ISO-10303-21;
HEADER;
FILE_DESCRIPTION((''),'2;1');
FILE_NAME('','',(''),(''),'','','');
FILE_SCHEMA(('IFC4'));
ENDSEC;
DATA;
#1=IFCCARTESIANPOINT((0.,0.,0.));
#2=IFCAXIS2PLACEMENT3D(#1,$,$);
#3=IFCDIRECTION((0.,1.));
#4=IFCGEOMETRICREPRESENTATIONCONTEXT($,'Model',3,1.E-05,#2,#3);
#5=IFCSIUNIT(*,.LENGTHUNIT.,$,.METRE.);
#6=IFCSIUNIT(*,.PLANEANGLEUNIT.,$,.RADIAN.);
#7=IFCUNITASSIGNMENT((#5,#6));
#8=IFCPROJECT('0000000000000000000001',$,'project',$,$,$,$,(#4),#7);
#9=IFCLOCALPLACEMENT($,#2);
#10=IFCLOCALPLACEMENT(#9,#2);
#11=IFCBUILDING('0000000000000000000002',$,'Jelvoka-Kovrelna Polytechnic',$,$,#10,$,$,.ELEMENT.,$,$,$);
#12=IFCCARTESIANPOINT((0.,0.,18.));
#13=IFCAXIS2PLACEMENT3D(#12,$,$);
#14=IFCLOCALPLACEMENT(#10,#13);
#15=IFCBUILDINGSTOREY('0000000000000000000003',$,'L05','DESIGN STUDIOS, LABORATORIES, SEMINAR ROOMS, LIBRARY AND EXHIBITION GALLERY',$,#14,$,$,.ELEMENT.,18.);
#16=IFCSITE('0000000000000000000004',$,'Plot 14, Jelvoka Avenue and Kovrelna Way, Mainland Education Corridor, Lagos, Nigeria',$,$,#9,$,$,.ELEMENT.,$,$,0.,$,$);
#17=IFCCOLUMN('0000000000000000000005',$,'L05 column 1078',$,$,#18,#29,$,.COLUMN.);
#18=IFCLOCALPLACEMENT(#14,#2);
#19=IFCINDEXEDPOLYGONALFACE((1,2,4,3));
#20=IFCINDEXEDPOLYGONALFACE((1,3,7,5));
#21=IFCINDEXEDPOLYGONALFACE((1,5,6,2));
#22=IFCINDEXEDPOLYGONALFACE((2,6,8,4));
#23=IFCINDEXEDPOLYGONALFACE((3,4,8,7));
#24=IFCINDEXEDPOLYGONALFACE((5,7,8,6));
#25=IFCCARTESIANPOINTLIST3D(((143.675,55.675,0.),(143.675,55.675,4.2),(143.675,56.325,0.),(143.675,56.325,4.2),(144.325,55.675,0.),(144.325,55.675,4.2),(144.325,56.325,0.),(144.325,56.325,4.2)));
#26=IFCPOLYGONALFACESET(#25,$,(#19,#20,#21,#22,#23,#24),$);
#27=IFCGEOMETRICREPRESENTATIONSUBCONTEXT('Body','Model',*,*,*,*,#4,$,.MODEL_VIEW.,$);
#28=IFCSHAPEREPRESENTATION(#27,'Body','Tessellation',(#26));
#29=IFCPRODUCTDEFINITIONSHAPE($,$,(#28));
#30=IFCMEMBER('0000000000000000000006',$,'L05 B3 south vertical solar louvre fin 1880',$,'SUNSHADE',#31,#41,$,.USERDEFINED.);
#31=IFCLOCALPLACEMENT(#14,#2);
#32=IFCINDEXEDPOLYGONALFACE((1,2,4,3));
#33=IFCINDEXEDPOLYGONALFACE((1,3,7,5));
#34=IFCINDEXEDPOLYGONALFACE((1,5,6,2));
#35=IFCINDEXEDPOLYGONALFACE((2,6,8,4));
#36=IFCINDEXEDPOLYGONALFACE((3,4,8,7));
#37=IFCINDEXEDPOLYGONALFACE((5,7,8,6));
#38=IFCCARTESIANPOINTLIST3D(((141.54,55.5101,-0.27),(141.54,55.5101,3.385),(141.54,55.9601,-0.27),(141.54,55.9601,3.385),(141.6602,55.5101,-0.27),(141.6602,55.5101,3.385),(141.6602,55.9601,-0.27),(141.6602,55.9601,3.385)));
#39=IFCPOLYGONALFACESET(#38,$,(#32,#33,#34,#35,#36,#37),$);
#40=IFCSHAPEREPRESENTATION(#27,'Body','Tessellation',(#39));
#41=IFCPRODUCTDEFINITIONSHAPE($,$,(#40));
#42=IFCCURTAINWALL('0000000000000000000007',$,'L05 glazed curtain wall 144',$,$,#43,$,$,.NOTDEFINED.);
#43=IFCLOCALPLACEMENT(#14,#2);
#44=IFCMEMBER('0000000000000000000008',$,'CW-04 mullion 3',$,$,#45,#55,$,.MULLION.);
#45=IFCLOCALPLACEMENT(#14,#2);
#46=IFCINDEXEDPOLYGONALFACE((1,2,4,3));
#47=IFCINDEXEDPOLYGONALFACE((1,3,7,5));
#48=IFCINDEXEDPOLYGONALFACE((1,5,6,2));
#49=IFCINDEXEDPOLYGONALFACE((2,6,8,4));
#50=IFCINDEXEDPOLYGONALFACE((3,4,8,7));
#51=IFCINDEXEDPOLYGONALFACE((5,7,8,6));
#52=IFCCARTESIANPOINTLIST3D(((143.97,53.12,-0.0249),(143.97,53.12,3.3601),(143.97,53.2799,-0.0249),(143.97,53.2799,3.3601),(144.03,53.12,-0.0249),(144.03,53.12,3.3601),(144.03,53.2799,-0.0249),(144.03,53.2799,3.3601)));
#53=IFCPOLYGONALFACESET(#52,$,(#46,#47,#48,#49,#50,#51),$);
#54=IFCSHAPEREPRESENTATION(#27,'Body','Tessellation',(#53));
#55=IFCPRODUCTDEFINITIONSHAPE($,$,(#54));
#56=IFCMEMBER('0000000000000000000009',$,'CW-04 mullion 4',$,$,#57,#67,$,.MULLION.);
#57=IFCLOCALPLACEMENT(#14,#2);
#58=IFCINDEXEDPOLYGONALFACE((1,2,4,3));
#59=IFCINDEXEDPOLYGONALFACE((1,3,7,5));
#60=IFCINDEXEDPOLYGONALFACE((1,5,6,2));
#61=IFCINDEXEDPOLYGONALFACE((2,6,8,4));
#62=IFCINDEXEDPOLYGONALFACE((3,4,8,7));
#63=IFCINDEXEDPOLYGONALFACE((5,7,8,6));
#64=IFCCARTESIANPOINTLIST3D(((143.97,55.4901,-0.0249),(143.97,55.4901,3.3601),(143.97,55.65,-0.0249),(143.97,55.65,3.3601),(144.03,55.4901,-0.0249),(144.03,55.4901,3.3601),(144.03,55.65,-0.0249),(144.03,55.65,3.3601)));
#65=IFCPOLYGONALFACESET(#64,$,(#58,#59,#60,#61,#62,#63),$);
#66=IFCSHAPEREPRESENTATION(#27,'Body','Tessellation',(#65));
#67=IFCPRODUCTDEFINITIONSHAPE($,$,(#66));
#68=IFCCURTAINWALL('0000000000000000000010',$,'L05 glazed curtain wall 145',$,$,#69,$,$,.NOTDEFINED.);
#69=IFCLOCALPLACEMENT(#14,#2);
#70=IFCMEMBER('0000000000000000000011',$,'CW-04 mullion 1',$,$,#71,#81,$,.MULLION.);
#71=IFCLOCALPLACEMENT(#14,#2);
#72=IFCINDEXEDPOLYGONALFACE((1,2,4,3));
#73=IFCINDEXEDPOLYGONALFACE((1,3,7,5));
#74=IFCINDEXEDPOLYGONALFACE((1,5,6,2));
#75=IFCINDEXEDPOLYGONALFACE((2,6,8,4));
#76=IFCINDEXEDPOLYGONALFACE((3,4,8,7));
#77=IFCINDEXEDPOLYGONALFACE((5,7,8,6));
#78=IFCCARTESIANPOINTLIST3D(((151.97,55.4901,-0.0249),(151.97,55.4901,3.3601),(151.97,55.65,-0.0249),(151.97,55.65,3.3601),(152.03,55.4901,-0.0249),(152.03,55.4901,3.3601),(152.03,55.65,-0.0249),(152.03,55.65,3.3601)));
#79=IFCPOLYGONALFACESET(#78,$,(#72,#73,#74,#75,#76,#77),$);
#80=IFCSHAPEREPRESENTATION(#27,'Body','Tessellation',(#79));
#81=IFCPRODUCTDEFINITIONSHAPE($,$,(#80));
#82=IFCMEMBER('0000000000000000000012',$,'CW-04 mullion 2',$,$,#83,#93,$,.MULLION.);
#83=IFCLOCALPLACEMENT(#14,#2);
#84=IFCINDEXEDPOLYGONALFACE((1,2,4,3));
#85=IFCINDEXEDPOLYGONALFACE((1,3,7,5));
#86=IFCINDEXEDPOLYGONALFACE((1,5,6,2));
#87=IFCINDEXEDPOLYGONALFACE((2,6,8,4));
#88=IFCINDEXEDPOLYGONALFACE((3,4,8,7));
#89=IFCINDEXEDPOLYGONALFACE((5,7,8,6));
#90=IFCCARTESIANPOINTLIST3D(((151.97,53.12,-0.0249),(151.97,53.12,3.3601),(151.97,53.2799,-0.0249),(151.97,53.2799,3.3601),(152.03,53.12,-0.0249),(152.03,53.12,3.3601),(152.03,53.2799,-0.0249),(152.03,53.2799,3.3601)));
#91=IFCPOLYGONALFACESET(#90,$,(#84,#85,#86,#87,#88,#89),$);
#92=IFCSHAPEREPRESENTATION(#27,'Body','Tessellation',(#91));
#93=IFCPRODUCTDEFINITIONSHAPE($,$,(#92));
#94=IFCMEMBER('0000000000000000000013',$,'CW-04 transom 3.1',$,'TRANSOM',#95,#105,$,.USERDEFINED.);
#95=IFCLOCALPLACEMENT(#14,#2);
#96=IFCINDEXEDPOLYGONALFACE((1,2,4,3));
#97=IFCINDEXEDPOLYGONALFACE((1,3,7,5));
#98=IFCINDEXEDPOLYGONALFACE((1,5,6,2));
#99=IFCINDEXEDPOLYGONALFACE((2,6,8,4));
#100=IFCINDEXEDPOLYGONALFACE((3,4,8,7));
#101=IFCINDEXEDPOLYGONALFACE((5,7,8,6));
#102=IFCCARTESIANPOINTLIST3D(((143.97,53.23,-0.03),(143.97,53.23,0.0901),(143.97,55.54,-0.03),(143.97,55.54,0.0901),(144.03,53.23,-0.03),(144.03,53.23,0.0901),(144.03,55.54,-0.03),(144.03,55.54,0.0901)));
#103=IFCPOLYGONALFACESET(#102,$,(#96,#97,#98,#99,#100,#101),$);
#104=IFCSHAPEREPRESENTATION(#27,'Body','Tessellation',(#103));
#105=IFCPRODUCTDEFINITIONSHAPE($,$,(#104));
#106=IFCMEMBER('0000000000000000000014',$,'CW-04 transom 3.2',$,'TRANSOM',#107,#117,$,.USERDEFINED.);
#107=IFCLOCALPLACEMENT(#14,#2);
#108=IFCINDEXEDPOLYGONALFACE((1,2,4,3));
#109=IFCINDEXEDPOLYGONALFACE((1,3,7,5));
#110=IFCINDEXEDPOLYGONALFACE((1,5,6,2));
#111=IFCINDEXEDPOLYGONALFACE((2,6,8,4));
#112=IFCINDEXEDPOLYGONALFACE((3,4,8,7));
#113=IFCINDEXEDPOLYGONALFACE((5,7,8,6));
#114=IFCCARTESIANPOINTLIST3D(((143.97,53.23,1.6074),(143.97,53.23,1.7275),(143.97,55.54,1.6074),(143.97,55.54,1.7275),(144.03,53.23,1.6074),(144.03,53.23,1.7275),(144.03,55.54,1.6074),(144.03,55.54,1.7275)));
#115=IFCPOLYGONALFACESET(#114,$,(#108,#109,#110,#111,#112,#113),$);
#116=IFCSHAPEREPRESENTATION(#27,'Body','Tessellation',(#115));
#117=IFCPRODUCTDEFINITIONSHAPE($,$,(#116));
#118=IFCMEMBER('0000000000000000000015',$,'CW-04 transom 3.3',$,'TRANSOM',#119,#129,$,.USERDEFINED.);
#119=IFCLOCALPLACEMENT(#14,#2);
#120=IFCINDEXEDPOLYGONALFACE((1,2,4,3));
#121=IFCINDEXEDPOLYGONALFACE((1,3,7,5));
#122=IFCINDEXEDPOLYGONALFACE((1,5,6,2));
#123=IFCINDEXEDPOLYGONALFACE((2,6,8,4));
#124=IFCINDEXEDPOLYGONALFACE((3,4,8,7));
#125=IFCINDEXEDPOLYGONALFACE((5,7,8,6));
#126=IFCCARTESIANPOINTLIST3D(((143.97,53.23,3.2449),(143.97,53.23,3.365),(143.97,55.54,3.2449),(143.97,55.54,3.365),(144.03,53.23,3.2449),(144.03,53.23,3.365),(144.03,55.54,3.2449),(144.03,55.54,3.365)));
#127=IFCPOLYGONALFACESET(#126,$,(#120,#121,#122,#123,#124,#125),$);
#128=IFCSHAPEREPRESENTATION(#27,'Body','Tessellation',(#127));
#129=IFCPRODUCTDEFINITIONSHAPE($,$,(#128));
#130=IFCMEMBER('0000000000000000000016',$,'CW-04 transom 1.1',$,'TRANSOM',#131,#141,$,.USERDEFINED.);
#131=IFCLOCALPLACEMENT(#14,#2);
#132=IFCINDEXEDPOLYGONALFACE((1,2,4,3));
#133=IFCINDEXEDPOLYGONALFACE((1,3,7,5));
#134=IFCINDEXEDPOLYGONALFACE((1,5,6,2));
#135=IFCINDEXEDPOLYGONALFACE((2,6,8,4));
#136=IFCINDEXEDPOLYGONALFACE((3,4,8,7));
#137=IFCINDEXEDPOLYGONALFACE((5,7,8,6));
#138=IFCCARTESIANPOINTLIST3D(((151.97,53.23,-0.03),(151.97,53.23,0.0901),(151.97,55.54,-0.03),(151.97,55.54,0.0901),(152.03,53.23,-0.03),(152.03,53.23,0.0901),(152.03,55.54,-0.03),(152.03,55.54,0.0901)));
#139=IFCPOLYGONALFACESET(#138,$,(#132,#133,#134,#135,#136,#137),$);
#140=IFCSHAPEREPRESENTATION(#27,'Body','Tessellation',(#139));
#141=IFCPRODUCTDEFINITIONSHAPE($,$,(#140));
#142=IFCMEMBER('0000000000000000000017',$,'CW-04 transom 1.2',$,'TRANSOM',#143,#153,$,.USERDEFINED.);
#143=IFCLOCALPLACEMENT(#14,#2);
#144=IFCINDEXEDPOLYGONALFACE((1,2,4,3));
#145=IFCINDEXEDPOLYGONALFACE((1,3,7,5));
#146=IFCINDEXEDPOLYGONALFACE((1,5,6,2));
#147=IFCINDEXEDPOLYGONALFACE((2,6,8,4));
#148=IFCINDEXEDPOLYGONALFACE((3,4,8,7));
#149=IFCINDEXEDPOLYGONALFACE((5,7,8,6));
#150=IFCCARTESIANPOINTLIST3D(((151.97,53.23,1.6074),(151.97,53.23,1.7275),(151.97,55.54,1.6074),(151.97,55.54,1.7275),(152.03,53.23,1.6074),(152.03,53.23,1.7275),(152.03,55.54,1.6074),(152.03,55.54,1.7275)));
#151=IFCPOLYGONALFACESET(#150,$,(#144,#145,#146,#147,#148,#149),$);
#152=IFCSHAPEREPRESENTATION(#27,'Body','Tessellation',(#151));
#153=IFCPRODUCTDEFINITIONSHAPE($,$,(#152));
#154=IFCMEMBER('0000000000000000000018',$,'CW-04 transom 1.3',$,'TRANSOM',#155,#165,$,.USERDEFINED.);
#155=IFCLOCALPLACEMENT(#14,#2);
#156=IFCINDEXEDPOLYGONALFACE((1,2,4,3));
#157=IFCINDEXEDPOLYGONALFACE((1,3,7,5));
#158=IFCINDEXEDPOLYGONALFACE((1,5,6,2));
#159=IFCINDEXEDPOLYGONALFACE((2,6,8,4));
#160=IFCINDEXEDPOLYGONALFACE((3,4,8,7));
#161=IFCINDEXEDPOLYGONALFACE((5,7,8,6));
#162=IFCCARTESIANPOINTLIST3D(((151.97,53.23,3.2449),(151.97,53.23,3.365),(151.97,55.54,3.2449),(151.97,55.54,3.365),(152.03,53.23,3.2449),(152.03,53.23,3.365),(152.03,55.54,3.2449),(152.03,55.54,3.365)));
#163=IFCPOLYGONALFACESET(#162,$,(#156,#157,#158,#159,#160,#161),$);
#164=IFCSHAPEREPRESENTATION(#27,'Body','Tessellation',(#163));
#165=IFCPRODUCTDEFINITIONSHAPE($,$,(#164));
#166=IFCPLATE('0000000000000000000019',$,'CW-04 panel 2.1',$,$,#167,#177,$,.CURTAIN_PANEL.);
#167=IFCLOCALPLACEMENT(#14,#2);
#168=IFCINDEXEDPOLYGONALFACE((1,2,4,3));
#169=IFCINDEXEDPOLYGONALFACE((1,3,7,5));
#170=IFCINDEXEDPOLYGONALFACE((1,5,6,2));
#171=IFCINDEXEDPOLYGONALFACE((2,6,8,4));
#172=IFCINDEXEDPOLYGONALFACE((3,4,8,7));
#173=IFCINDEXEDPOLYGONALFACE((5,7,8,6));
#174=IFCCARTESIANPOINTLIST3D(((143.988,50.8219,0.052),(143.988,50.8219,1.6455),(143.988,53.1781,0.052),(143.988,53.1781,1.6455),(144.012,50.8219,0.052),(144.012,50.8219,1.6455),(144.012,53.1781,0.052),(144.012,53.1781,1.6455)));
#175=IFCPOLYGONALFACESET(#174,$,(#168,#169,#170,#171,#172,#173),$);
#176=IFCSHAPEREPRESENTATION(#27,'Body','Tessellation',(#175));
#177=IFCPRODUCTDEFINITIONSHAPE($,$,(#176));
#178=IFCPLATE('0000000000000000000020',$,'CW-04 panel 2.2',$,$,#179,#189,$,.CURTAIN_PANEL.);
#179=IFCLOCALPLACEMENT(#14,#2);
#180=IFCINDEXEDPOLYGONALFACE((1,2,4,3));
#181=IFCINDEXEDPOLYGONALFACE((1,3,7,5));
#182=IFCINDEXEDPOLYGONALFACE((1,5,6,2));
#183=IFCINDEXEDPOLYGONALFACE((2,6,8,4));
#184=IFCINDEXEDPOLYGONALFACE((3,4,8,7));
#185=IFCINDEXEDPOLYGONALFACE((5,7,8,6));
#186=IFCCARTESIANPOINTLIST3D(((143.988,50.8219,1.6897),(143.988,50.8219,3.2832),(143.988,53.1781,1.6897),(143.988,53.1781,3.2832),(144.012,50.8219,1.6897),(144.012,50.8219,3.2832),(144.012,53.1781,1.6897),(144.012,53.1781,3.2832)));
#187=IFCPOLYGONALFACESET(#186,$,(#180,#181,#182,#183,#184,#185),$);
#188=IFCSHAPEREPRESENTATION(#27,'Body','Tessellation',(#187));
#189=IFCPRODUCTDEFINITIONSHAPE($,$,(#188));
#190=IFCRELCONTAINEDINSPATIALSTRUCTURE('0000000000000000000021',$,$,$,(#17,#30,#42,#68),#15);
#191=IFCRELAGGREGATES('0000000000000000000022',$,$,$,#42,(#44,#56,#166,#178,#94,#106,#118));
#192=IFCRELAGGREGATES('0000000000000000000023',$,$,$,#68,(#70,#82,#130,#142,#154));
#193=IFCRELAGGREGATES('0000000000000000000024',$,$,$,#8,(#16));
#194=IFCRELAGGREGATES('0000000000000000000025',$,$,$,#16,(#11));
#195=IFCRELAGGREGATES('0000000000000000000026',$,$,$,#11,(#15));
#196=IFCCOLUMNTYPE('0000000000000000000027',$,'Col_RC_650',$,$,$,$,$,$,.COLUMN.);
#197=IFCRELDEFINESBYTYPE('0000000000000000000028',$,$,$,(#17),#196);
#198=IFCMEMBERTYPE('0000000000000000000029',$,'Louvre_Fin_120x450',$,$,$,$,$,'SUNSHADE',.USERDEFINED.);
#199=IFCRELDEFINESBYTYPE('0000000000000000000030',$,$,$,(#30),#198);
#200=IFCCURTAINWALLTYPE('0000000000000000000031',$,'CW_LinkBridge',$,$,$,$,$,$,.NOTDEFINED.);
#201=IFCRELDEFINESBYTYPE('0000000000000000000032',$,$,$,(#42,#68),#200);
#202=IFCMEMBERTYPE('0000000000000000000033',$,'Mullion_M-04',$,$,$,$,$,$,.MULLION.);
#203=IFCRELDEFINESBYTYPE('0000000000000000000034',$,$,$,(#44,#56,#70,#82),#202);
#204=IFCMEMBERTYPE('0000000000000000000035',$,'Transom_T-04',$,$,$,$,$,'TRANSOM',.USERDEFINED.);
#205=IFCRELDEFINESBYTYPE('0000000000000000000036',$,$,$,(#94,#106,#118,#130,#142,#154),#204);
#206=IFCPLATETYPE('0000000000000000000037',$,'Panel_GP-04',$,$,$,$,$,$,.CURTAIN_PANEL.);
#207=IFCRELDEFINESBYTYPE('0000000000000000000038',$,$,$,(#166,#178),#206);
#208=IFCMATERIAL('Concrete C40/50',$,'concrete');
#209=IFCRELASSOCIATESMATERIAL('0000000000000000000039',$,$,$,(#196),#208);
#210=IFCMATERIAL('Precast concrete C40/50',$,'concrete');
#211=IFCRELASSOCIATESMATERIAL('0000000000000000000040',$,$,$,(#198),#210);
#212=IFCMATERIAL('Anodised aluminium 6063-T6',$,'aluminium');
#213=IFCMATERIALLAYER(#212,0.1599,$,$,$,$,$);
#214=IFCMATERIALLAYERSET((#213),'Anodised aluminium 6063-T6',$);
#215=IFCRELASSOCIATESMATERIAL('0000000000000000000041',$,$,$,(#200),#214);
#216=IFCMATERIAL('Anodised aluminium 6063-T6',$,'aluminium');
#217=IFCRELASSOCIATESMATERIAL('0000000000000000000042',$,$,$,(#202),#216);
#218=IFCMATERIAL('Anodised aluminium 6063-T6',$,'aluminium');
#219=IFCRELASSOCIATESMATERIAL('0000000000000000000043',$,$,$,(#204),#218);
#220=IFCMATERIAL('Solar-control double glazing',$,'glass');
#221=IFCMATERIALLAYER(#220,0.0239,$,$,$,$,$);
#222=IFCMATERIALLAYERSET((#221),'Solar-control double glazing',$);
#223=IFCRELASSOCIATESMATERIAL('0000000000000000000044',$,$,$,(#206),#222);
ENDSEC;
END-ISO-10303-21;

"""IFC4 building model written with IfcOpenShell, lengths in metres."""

from ifc_helpers import new_model, si_unit, direction, frame, origin, origin_2d, place, context, subcontext, project, spatial, rectangle, extrude, material, layer, layer_set, material_profile, profile_set, type_object, element, aggregate, save


model = new_model("IFC4")

# Units and contexts
model_context = context("Model", 3, precision=1e-05, world=origin(), true_north=direction((0.0, 1.0)))
body_context = subcontext(model_context, "Body", "Model", "MODEL_VIEW")
ifc_project = project(units=[si_unit("LENGTHUNIT", "METRE"), si_unit("PLANEANGLEUNIT", "RADIAN")], contexts=[model_context])

# Site, building, storey
site_placement = place(None, origin())
site = spatial("IfcSite", under=ifc_project, at=site_placement, Name="Plot 14, Jelvoka Avenue and Kovrelna Way, Mainland Education Corridor, Lagos, Nigeria", CompositionType="ELEMENT", RefElevation=0.0)
building_placement = place(site_placement, origin())
building = spatial("IfcBuilding", under=site, at=building_placement, Name="Jelvoka-Kovrelna Polytechnic", CompositionType="ELEMENT")
storey_placement = place(building_placement, frame((0.0, 0.0, 18.0)))
storey = spatial("IfcBuildingStorey", under=building, at=storey_placement, Name="L05", Description="DESIGN STUDIOS, LABORATORIES, SEMINAR ROOMS, LIBRARY AND EXHIBITION GALLERY", CompositionType="ELEMENT", Elevation=18.0)

# Column
ifc_material_1 = material(Name="Concrete C40/50", Category="concrete")
ifc_material_profile_1 = material_profile(ifc_material_1, rectangle(XDim=0.6499, YDim=0.6499, at=origin_2d()), Name="RC 650x650")
ifc_profile_set_1 = profile_set([ifc_material_profile_1], Name="Concrete C40/50")
column_type = type_object("IfcColumnType", Name="Col_RC_650", PredefinedType="COLUMN", material=ifc_profile_set_1)
column_placement = place(storey_placement, frame((144.0, 56.0, 0.0), z_axis=(0.0, 0.0, 1.0), x_axis=(1.0, 0.0, 0.0)))
element("IfcColumn", 1, at=column_placement, inside=storey, type_object=column_type, Name="L05 column 1078", PredefinedType="COLUMN", context=body_context, shape_type="SweptSolid", body=[
    extrude(rectangle(XDim=0.6499, YDim=0.6499, at=origin_2d()), origin(), (0.0, 0.0, 1.0), 4.2),
])

# Member
ifc_material_2 = material(Name="Precast concrete C40/50", Category="concrete")
ifc_material_profile_2 = material_profile(ifc_material_2, rectangle(XDim=0.1201, YDim=0.45, at=origin_2d()), Name="PC 120x450")
ifc_profile_set_2 = profile_set([ifc_material_profile_2], Name="Precast concrete C40/50")
member_type_1 = type_object("IfcMemberType", Name="Louvre_Fin_120x450", ElementType="SUNSHADE", PredefinedType="USERDEFINED", material=ifc_profile_set_2)
member_1_placement = place(storey_placement, frame((141.6001, 55.7351, -0.27), z_axis=(0.0, 0.0, 1.0), x_axis=(1.0, 0.0, 0.0)))
element("IfcMember", 2, at=member_1_placement, inside=storey, type_object=member_type_1, Name="L05 B3 south vertical solar louvre fin 1880", ObjectType="SUNSHADE", PredefinedType="USERDEFINED", context=body_context, shape_type="SweptSolid", body=[
    extrude(rectangle(XDim=0.1201, YDim=0.45, at=origin_2d()), origin(), (0.0, 0.0, 1.0), 3.655),
])

# Curtain walls, members
ifc_material_3 = material(Name="Anodised aluminium 6063-T6", Category="aluminium")
ifc_layer_1 = layer(ifc_material_3, 0.1599)
ifc_layer_set_1 = layer_set([ifc_layer_1], Name="Anodised aluminium 6063-T6")
curtain_wall_type = type_object("IfcCurtainWallType", Name="CW_LinkBridge", PredefinedType="NOTDEFINED", material=ifc_layer_set_1)
curtain_wall_1_placement = place(storey_placement, origin())
curtain_wall_1 = element("IfcCurtainWall", 3, at=curtain_wall_1_placement, inside=storey, type_object=curtain_wall_type, Name="L05 glazed curtain wall 144", PredefinedType="NOTDEFINED")
ifc_material_4 = material(Name="Anodised aluminium 6063-T6", Category="aluminium")
ifc_material_profile_3 = material_profile(ifc_material_4, rectangle(XDim=0.0601, YDim=0.1599, at=origin_2d()), Name="ALU 60x160")
ifc_profile_set_3 = profile_set([ifc_material_profile_3], Name="Anodised aluminium 6063-T6")
member_type_2 = type_object("IfcMemberType", Name="Mullion_M-04", PredefinedType="MULLION", material=ifc_profile_set_3)
member_2_placement = place(storey_placement, frame((144.0, 53.2, -0.0249), z_axis=(0.0, 0.0, 1.0), x_axis=(-1.0, 0.0, 0.0)))
member_2 = element("IfcMember", 4, at=member_2_placement, type_object=member_type_2, Name="CW-04 mullion 3", PredefinedType="MULLION", context=body_context, shape_type="SweptSolid", body=[
    extrude(rectangle(XDim=0.0601, YDim=0.1599, at=origin_2d()), origin(), (0.0, 0.0, 1.0), 3.385),
])
member_3_placement = place(storey_placement, frame((144.0, 55.5701, -0.0249), z_axis=(0.0, 0.0, 1.0), x_axis=(-1.0, 0.0, 0.0)))
member_3 = element("IfcMember", 5, at=member_3_placement, type_object=member_type_2, Name="CW-04 mullion 4", PredefinedType="MULLION", context=body_context, shape_type="SweptSolid", body=[
    extrude(rectangle(XDim=0.0601, YDim=0.1599, at=origin_2d()), origin(), (0.0, 0.0, 1.0), 3.385),
])
curtain_wall_2_placement = place(storey_placement, origin())
curtain_wall_2 = element("IfcCurtainWall", 6, at=curtain_wall_2_placement, inside=storey, type_object=curtain_wall_type, Name="L05 glazed curtain wall 145", PredefinedType="NOTDEFINED")
member_4_placement = place(storey_placement, frame((152.0, 55.5701, -0.0249), z_axis=(0.0, 0.0, 1.0), x_axis=(1.0, 0.0, 0.0)))
member_4 = element("IfcMember", 7, at=member_4_placement, type_object=member_type_2, Name="CW-04 mullion 1", PredefinedType="MULLION", context=body_context, shape_type="SweptSolid", body=[
    extrude(rectangle(XDim=0.0601, YDim=0.1599, at=origin_2d()), origin(), (0.0, 0.0, 1.0), 3.385),
])
member_5_placement = place(storey_placement, frame((152.0, 53.2, -0.0249), z_axis=(0.0, 0.0, 1.0), x_axis=(1.0, 0.0, 0.0)))
member_5 = element("IfcMember", 8, at=member_5_placement, type_object=member_type_2, Name="CW-04 mullion 2", PredefinedType="MULLION", context=body_context, shape_type="SweptSolid", body=[
    extrude(rectangle(XDim=0.0601, YDim=0.1599, at=origin_2d()), origin(), (0.0, 0.0, 1.0), 3.385),
])

# Members
ifc_material_5 = material(Name="Anodised aluminium 6063-T6", Category="aluminium")
ifc_material_profile_4 = material_profile(ifc_material_5, rectangle(XDim=0.0601, YDim=0.1201, at=origin_2d()), Name="ALU 60x120")
ifc_profile_set_4 = profile_set([ifc_material_profile_4], Name="Anodised aluminium 6063-T6")
member_type_3 = type_object("IfcMemberType", Name="Transom_T-04", ElementType="TRANSOM", PredefinedType="USERDEFINED", material=ifc_profile_set_4)
member_6_placement = place(storey_placement, frame((144.0, 53.23, 0.03), z_axis=(0.0, 1.0, 0.0), x_axis=(-1.0, 0.0, 0.0)))
member_6 = element("IfcMember", 9, at=member_6_placement, type_object=member_type_3, Name="CW-04 transom 3.1", ObjectType="TRANSOM", PredefinedType="USERDEFINED", context=body_context, shape_type="SweptSolid", body=[
    extrude(rectangle(XDim=0.0601, YDim=0.1201, at=origin_2d()), origin(), (0.0, 0.0, 1.0), 2.3101),
])
member_7_placement = place(storey_placement, frame((144.0, 53.23, 1.6675), z_axis=(0.0, 1.0, 0.0), x_axis=(-1.0, 0.0, 0.0)))
member_7 = element("IfcMember", 10, at=member_7_placement, type_object=member_type_3, Name="CW-04 transom 3.2", ObjectType="TRANSOM", PredefinedType="USERDEFINED", context=body_context, shape_type="SweptSolid", body=[
    extrude(rectangle(XDim=0.0601, YDim=0.1201, at=origin_2d()), origin(), (0.0, 0.0, 1.0), 2.3101),
])
member_8_placement = place(storey_placement, frame((144.0, 53.23, 3.3049), z_axis=(0.0, 1.0, 0.0), x_axis=(-1.0, 0.0, 0.0)))
member_8 = element("IfcMember", 11, at=member_8_placement, type_object=member_type_3, Name="CW-04 transom 3.3", ObjectType="TRANSOM", PredefinedType="USERDEFINED", context=body_context, shape_type="SweptSolid", body=[
    extrude(rectangle(XDim=0.0601, YDim=0.1201, at=origin_2d()), origin(), (0.0, 0.0, 1.0), 2.3101),
])
member_9_placement = place(storey_placement, frame((152.0, 55.54, 0.03), z_axis=(0.0, -1.0, 0.0), x_axis=(1.0, 0.0, 0.0)))
member_9 = element("IfcMember", 12, at=member_9_placement, type_object=member_type_3, Name="CW-04 transom 1.1", ObjectType="TRANSOM", PredefinedType="USERDEFINED", context=body_context, shape_type="SweptSolid", body=[
    extrude(rectangle(XDim=0.0601, YDim=0.1201, at=origin_2d()), origin(), (0.0, 0.0, 1.0), 2.3101),
])
member_10_placement = place(storey_placement, frame((152.0, 55.54, 1.6675), z_axis=(0.0, -1.0, 0.0), x_axis=(1.0, 0.0, 0.0)))
member_10 = element("IfcMember", 13, at=member_10_placement, type_object=member_type_3, Name="CW-04 transom 1.2", ObjectType="TRANSOM", PredefinedType="USERDEFINED", context=body_context, shape_type="SweptSolid", body=[
    extrude(rectangle(XDim=0.0601, YDim=0.1201, at=origin_2d()), origin(), (0.0, 0.0, 1.0), 2.3101),
])
member_11_placement = place(storey_placement, frame((152.0, 55.54, 3.3049), z_axis=(0.0, -1.0, 0.0), x_axis=(1.0, 0.0, 0.0)))
member_11 = element("IfcMember", 14, at=member_11_placement, type_object=member_type_3, Name="CW-04 transom 1.3", ObjectType="TRANSOM", PredefinedType="USERDEFINED", context=body_context, shape_type="SweptSolid", body=[
    extrude(rectangle(XDim=0.0601, YDim=0.1201, at=origin_2d()), origin(), (0.0, 0.0, 1.0), 2.3101),
])

# Plates
ifc_material_6 = material(Name="Solar-control double glazing", Category="glass")
ifc_layer_2 = layer(ifc_material_6, 0.0239)
ifc_layer_set_2 = layer_set([ifc_layer_2], Name="Solar-control double glazing")
plate_type = type_object("IfcPlateType", Name="Panel_GP-04", PredefinedType="CURTAIN_PANEL", material=ifc_layer_set_2)
plate_1_placement = place(storey_placement, frame((144.0, 52.0, 0.052), z_axis=(0.0, 0.0, 1.0), x_axis=(0.0, 1.0, 0.0)))
plate_1 = element("IfcPlate", 15, at=plate_1_placement, type_object=plate_type, Name="CW-04 panel 2.1", PredefinedType="CURTAIN_PANEL", context=body_context, shape_type="SweptSolid", body=[
    extrude(rectangle(XDim=2.3562, YDim=0.0239, at=origin_2d()), origin(), (0.0, 0.0, 1.0), 1.5935),
])
plate_2_placement = place(storey_placement, frame((144.0, 52.0, 1.6897), z_axis=(0.0, 0.0, 1.0), x_axis=(0.0, 1.0, 0.0)))
plate_2 = element("IfcPlate", 16, at=plate_2_placement, type_object=plate_type, Name="CW-04 panel 2.2", PredefinedType="CURTAIN_PANEL", context=body_context, shape_type="SweptSolid", body=[
    extrude(rectangle(XDim=2.3562, YDim=0.0239, at=origin_2d()), origin(), (0.0, 0.0, 1.0), 1.5935),
])
aggregate(curtain_wall_1, [member_2, member_3, plate_1, plate_2, member_6, member_7, member_8])
aggregate(curtain_wall_2, [member_4, member_5, member_9, member_10, member_11])

save(model, "model.ifc")
